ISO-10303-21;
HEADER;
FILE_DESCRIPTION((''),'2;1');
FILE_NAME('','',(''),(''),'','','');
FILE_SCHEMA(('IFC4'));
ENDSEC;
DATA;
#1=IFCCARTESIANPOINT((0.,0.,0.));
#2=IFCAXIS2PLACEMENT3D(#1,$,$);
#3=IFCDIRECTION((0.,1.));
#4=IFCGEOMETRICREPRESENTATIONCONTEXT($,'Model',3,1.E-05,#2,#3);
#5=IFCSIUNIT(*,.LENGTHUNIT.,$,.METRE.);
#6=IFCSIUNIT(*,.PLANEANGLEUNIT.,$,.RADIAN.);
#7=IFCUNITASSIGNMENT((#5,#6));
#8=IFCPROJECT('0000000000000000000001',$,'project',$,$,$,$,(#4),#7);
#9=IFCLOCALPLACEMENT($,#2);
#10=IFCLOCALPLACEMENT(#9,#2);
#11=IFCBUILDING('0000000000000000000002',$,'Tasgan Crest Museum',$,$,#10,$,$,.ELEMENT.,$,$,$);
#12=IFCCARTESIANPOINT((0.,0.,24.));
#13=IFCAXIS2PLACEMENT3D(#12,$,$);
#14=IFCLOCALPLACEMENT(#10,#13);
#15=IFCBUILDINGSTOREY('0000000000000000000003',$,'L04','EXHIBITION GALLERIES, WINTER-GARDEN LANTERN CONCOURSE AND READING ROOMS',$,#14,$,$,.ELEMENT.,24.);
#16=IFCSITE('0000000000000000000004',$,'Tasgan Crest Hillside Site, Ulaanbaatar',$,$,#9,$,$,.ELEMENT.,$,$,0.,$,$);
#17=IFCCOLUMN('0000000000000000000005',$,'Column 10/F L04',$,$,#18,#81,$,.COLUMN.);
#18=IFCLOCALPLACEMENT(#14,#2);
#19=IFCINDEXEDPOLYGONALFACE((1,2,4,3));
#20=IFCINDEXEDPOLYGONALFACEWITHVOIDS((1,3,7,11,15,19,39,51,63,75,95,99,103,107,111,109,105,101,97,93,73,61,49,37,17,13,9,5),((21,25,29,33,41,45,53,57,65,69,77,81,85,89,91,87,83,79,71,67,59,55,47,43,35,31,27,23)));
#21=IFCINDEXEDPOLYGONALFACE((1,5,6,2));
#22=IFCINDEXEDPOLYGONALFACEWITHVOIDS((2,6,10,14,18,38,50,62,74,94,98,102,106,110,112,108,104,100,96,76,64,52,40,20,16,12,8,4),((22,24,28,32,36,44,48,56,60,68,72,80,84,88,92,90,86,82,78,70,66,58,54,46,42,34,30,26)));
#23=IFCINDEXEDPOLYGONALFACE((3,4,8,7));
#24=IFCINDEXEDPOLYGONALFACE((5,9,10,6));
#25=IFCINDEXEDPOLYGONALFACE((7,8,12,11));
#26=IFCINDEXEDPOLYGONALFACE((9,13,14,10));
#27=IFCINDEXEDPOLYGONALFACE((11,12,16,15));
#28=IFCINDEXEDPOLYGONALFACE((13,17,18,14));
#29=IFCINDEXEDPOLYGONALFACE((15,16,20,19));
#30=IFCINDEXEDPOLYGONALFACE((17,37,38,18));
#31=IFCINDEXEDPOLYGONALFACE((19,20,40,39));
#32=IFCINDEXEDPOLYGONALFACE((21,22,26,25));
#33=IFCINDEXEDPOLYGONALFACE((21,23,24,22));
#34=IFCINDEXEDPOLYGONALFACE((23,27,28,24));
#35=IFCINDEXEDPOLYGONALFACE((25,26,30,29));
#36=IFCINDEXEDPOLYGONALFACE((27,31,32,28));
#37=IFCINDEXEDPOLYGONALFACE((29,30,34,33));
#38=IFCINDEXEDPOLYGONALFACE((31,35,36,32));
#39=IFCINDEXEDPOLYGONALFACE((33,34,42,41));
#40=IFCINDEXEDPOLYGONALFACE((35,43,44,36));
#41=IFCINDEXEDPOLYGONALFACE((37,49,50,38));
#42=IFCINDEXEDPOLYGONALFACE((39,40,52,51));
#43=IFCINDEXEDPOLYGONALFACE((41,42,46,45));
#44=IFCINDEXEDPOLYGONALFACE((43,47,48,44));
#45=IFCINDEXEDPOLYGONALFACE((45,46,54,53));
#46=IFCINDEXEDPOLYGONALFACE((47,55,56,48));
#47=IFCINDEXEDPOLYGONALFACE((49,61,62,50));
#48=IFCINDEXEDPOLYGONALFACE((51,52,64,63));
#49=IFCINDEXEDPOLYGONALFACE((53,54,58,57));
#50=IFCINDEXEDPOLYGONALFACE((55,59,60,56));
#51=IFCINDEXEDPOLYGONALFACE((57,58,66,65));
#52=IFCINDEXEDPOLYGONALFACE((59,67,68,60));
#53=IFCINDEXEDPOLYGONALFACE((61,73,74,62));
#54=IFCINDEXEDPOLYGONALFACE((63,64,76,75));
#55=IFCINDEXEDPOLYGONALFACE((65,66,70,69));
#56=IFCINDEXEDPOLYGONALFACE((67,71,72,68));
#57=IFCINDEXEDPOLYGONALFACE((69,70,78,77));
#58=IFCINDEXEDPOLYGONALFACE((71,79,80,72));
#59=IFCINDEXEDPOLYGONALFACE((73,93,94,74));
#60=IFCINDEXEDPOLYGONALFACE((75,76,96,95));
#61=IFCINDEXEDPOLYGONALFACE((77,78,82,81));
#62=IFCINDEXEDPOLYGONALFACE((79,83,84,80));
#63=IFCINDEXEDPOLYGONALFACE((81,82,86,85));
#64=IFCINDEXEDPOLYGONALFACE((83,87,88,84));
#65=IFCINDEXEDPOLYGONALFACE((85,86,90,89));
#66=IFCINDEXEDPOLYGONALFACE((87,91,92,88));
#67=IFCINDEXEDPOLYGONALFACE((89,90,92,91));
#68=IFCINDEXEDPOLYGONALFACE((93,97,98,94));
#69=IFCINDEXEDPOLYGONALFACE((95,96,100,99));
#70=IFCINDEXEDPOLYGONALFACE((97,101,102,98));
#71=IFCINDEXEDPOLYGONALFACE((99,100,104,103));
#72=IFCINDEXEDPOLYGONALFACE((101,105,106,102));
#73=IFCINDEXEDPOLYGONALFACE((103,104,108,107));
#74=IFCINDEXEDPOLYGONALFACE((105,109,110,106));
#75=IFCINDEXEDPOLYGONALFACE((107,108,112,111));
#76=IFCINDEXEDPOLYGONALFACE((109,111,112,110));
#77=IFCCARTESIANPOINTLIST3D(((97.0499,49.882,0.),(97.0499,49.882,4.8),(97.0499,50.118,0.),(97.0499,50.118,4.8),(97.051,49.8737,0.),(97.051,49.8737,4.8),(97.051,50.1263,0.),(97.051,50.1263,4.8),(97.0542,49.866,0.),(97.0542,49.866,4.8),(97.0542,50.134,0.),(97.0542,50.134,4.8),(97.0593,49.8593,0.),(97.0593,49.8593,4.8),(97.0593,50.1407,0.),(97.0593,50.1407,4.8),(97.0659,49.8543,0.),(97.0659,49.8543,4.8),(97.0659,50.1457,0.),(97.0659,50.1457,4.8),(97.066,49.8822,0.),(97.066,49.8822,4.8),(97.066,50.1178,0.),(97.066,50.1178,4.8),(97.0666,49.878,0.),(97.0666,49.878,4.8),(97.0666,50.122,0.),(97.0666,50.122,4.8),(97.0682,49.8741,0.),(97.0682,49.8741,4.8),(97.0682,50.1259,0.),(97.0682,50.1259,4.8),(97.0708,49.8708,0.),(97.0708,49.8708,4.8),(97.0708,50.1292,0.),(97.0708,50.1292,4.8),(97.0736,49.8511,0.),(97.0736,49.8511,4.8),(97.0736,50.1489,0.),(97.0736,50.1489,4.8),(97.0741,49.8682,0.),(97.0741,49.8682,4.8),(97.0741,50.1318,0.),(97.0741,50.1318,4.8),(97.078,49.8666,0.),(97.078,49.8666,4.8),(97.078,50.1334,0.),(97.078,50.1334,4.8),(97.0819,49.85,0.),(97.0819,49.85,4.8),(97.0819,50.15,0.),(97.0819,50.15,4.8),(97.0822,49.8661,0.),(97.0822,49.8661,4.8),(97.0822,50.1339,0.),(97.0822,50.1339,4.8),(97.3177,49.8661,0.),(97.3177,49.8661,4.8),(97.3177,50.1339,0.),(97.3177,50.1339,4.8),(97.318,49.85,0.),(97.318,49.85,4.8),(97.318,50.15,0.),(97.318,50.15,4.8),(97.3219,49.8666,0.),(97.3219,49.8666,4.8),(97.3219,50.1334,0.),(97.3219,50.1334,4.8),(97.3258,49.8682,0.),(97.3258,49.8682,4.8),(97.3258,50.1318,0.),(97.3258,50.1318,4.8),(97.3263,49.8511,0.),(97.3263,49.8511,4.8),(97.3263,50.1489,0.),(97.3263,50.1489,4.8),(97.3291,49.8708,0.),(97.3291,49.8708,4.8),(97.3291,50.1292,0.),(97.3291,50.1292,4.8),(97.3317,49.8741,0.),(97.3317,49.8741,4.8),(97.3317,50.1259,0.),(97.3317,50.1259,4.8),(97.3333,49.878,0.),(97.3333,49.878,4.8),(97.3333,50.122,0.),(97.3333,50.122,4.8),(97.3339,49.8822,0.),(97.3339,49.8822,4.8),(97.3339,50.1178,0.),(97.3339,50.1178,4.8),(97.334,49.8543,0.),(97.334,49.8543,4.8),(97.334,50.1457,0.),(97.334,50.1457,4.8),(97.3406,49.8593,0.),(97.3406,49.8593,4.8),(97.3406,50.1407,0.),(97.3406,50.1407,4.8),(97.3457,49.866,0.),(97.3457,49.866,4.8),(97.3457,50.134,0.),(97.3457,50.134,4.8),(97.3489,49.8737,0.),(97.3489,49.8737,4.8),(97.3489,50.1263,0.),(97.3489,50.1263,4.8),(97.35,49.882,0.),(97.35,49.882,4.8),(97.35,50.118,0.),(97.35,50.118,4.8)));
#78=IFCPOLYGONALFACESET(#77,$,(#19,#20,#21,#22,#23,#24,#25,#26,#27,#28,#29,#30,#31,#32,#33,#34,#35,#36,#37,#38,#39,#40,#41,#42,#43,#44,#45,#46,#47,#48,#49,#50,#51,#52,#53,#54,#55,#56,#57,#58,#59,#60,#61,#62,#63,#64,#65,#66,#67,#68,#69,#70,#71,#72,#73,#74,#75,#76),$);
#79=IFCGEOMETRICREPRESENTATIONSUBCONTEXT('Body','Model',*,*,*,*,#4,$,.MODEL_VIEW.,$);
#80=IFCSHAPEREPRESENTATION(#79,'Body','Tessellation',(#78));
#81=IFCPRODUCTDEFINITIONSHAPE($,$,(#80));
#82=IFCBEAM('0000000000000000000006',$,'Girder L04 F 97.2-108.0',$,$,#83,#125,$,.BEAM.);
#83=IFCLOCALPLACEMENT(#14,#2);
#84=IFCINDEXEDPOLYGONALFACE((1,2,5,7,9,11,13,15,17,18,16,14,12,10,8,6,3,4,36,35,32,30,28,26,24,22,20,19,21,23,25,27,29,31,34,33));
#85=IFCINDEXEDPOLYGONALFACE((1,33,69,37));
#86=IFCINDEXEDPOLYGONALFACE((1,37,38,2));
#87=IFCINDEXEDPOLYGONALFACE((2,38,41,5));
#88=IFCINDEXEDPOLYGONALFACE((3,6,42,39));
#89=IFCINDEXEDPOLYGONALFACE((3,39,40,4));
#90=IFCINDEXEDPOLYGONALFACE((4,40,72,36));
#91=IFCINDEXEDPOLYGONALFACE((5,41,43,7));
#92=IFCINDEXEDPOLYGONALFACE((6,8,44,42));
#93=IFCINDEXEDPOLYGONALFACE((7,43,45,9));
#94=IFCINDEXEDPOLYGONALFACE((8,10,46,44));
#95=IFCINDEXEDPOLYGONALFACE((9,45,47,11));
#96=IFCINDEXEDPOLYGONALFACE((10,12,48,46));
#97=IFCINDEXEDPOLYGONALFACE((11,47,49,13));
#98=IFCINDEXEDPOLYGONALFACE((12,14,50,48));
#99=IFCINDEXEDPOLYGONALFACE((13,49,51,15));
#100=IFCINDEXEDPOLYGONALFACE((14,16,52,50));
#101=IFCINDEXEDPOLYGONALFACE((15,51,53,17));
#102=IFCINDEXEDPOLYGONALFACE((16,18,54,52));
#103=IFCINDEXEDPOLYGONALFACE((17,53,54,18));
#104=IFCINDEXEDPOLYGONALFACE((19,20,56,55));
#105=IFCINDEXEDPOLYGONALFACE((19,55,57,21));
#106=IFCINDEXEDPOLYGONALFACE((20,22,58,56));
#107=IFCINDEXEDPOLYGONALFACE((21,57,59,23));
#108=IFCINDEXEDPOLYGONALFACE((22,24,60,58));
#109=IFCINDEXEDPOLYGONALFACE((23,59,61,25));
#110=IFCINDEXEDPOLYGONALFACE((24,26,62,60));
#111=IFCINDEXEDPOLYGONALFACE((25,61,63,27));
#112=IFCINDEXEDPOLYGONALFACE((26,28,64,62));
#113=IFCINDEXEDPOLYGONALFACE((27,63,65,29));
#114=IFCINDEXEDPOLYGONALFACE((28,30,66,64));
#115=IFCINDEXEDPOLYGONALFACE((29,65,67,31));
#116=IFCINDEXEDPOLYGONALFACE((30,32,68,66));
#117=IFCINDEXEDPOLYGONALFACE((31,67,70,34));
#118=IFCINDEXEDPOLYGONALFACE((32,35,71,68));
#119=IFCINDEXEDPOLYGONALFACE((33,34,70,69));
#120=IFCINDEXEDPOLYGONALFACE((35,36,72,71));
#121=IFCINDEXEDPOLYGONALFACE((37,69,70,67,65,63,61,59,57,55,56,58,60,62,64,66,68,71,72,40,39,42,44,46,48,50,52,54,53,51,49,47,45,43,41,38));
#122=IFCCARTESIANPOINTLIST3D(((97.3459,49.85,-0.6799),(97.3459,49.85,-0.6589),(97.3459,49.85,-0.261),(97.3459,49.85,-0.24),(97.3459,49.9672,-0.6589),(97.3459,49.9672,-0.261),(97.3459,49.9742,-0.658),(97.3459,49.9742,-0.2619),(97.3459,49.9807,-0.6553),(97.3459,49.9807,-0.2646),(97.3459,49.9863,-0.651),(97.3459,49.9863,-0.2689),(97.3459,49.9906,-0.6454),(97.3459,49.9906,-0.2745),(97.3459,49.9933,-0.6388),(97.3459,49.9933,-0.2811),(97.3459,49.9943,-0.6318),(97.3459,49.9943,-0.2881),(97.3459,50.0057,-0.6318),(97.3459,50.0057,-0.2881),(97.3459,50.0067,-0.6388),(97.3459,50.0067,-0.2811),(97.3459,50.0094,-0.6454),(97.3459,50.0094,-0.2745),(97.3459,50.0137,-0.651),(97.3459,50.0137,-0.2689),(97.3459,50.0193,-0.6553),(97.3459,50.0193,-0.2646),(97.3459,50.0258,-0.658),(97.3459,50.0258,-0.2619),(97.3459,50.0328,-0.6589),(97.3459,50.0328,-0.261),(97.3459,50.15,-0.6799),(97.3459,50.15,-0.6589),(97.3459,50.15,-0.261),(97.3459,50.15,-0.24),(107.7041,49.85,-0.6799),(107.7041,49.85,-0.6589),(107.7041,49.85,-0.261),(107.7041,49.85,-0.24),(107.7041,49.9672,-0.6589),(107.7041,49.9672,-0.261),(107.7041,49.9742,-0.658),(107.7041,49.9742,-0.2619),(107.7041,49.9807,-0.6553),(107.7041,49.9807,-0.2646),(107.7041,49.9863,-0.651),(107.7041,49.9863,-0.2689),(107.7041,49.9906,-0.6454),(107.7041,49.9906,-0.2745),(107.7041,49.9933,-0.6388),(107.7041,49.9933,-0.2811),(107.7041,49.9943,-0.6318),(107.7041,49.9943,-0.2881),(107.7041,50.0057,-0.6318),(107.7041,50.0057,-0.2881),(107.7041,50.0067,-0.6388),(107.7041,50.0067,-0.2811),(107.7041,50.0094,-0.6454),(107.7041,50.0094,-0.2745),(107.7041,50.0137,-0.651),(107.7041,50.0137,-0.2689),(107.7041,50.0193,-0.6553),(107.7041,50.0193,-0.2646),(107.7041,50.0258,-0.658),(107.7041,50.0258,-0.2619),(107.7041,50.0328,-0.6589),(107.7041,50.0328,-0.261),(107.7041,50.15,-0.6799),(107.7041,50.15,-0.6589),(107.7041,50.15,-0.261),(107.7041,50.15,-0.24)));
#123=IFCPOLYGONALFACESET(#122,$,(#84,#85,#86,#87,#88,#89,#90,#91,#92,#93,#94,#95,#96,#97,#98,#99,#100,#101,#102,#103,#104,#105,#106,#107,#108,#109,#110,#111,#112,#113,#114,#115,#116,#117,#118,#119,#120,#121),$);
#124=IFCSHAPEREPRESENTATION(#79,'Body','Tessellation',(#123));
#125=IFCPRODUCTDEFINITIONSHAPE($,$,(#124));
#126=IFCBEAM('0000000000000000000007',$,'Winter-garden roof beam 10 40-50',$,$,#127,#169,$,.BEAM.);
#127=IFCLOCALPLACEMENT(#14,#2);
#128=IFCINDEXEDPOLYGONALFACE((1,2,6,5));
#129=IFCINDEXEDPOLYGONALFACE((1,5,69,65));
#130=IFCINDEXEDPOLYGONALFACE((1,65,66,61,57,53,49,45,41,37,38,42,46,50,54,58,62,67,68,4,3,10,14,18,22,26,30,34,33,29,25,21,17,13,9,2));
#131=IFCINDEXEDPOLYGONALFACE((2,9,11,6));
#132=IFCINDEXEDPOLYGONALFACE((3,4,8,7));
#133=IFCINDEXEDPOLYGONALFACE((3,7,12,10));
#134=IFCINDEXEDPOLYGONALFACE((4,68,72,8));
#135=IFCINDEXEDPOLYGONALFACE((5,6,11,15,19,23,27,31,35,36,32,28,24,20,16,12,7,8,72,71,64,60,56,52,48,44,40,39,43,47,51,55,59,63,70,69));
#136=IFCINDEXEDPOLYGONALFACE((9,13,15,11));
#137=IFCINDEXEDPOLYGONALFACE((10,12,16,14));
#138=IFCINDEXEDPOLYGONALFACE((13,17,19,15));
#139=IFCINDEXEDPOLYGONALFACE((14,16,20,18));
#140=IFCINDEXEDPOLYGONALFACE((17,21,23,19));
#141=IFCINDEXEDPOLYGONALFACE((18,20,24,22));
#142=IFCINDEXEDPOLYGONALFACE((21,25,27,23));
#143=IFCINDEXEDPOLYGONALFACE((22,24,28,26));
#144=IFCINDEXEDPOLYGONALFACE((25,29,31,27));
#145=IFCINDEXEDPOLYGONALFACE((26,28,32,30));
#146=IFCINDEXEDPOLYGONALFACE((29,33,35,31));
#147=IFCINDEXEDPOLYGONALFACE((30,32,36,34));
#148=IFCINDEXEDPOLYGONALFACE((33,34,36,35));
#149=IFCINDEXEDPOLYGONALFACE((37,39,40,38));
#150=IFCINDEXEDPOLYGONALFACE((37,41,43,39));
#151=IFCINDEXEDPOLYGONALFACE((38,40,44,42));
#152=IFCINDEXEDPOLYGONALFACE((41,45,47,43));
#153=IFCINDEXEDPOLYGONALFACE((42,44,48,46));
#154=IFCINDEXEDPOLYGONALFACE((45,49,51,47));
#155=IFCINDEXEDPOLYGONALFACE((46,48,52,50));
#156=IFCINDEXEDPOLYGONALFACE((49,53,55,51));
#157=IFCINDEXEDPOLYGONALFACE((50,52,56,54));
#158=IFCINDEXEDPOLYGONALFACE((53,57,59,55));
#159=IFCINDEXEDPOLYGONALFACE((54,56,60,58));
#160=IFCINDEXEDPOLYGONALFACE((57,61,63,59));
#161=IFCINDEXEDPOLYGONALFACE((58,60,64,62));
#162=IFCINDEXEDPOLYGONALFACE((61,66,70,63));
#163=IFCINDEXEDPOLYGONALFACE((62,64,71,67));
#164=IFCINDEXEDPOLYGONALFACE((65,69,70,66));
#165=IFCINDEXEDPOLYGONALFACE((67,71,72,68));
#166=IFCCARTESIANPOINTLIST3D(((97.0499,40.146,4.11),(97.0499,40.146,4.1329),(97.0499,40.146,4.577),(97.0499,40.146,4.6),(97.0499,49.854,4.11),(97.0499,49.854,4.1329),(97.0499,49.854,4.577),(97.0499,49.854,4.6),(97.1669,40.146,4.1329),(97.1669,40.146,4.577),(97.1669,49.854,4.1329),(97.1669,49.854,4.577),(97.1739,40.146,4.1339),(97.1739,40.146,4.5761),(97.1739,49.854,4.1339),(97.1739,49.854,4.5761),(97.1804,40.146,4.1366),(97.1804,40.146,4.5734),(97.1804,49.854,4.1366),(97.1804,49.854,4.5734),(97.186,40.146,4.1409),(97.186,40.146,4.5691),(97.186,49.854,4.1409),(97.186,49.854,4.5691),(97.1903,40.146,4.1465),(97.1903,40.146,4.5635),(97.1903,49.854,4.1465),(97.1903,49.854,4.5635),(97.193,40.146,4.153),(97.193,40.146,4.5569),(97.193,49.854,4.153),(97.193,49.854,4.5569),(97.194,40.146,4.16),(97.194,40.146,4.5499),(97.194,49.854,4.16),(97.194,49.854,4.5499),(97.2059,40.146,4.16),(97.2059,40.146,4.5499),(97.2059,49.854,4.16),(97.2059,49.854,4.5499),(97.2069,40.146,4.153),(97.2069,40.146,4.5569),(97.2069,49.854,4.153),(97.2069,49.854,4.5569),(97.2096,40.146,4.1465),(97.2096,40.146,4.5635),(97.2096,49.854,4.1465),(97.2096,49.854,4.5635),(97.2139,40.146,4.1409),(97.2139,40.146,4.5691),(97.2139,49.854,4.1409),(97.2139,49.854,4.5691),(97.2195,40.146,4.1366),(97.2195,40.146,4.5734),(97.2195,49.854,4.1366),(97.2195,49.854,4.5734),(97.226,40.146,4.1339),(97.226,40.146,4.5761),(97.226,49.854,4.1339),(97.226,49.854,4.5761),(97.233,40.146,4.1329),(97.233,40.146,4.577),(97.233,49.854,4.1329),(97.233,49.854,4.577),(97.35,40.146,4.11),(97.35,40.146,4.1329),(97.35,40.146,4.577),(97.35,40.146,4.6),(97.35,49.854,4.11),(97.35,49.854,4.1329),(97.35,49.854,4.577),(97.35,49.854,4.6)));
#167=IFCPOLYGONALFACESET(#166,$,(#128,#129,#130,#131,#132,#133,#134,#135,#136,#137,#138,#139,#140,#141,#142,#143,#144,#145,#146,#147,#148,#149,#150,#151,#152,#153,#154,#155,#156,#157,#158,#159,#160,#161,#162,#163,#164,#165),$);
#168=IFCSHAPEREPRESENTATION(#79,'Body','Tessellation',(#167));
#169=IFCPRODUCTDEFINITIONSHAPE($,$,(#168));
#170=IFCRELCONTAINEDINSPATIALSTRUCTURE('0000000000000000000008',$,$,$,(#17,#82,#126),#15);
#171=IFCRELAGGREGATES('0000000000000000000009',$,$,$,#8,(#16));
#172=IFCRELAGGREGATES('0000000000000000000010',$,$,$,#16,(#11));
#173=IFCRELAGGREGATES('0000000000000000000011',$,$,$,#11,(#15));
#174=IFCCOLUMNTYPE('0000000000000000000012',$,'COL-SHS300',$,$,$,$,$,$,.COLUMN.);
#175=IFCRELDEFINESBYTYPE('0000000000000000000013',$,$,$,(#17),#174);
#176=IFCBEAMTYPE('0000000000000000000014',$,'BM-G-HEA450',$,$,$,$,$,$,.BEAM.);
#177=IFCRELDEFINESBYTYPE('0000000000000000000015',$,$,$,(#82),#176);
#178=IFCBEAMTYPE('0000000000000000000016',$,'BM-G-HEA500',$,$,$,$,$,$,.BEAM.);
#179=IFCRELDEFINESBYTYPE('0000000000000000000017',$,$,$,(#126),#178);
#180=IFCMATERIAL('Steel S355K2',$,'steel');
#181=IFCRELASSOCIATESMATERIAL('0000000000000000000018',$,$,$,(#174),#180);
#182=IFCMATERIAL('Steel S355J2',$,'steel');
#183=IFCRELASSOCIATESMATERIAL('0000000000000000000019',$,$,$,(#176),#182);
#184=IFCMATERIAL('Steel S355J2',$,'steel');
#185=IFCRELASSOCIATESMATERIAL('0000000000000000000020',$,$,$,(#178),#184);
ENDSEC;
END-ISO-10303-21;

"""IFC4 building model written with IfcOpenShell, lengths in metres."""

from ifc_helpers import new_model, si_unit, direction, frame, origin, origin_2d, place, context, subcontext, project, spatial, hollow_rectangle, i_section, extrude, material, material_profile, profile_set, type_object, element, save


model = new_model("IFC4")

# Units and contexts
model_context = context("Model", 3, precision=1e-05, world=origin(), true_north=direction((0.0, 1.0)))
body_context = subcontext(model_context, "Body", "Model", "MODEL_VIEW")
ifc_project = project(units=[si_unit("LENGTHUNIT", "METRE"), si_unit("PLANEANGLEUNIT", "RADIAN")], contexts=[model_context])

# Site, building, storey
site_placement = place(None, origin())
site = spatial("IfcSite", under=ifc_project, at=site_placement, Name="Tasgan Crest Hillside Site, Ulaanbaatar", CompositionType="ELEMENT", RefElevation=0.0)
building_placement = place(site_placement, origin())
building = spatial("IfcBuilding", under=site, at=building_placement, Name="Tasgan Crest Museum", CompositionType="ELEMENT")
storey_placement = place(building_placement, frame((0.0, 0.0, 24.0)))
storey = spatial("IfcBuildingStorey", under=building, at=storey_placement, Name="L04", Description="EXHIBITION GALLERIES, WINTER-GARDEN LANTERN CONCOURSE AND READING ROOMS", CompositionType="ELEMENT", Elevation=24.0)

# Column
ifc_material_1 = material(Name="Steel S355K2", Category="steel")
ifc_material_profile_1 = material_profile(ifc_material_1, hollow_rectangle(XDim=0.3, YDim=0.3, WallThickness=0.0161, InnerFilletRadius=0.0161, OuterFilletRadius=0.032, at=origin_2d()), Name="SHS 300x300x16")
ifc_profile_set_1 = profile_set([ifc_material_profile_1], Name="Steel S355K2")
column_type = type_object("IfcColumnType", Name="COL-SHS300", PredefinedType="COLUMN", material=ifc_profile_set_1)
column_placement = place(storey_placement, frame((97.2, 50.0, 0.0), z_axis=(0.0, 0.0, 1.0), x_axis=(1.0, 0.0, 0.0)))
element("IfcColumn", 1, at=column_placement, inside=storey, type_object=column_type, Name="Column 10/F L04", PredefinedType="COLUMN", context=body_context, shape_type="SweptSolid", body=[
    extrude(hollow_rectangle(XDim=0.3, YDim=0.3, WallThickness=0.0161, InnerFilletRadius=0.0161, OuterFilletRadius=0.032, at=origin_2d()), origin(), (0.0, 0.0, 1.0), 4.8),
])

# Beams
ifc_material_2 = material(Name="Steel S355J2", Category="steel")
ifc_material_profile_2 = material_profile(ifc_material_2, i_section(OverallWidth=0.3, OverallDepth=0.4399, WebThickness=0.0115, FlangeThickness=0.021, FilletRadius=0.0271, at=origin_2d()), Name="HEA 450")
ifc_profile_set_2 = profile_set([ifc_material_profile_2], Name="Steel S355J2")
beam_type_1 = type_object("IfcBeamType", Name="BM-G-HEA450", PredefinedType="BEAM", material=ifc_profile_set_2)
beam_1_placement = place(storey_placement, frame((97.3459, 50.0, -0.46), z_axis=(1.0, 0.0, 0.0), x_axis=(0.0, 1.0, 0.0)))
element("IfcBeam", 2, at=beam_1_placement, inside=storey, type_object=beam_type_1, Name="Girder L04 F 97.2-108.0", PredefinedType="BEAM", context=body_context, shape_type="SweptSolid", body=[
    extrude(i_section(OverallWidth=0.3, OverallDepth=0.4399, WebThickness=0.0115, FlangeThickness=0.021, FilletRadius=0.0271, at=origin_2d()), origin(), (0.0, 0.0, 1.0), 10.3582),
])
ifc_material_3 = material(Name="Steel S355J2", Category="steel")
ifc_material_profile_3 = material_profile(ifc_material_3, i_section(OverallWidth=0.3, OverallDepth=0.49, WebThickness=0.012, FlangeThickness=0.0229, FilletRadius=0.0271, at=origin_2d()), Name="HEA 500")
ifc_profile_set_3 = profile_set([ifc_material_profile_3], Name="Steel S355J2")
beam_type_2 = type_object("IfcBeamType", Name="BM-G-HEA500", PredefinedType="BEAM", material=ifc_profile_set_3)
beam_2_placement = place(storey_placement, frame((97.2, 40.146, 4.355), z_axis=(0.0, 1.0, 0.0), x_axis=(-1.0, 0.0, 0.0)))
element("IfcBeam", 3, at=beam_2_placement, inside=storey, type_object=beam_type_2, Name="Winter-garden roof beam 10 40-50", PredefinedType="BEAM", context=body_context, shape_type="SweptSolid", body=[
    extrude(i_section(OverallWidth=0.3, OverallDepth=0.49, WebThickness=0.012, FlangeThickness=0.0229, FilletRadius=0.0271, at=origin_2d()), origin(), (0.0, 0.0, 1.0), 9.708),
])

save(model, "model.ifc")
